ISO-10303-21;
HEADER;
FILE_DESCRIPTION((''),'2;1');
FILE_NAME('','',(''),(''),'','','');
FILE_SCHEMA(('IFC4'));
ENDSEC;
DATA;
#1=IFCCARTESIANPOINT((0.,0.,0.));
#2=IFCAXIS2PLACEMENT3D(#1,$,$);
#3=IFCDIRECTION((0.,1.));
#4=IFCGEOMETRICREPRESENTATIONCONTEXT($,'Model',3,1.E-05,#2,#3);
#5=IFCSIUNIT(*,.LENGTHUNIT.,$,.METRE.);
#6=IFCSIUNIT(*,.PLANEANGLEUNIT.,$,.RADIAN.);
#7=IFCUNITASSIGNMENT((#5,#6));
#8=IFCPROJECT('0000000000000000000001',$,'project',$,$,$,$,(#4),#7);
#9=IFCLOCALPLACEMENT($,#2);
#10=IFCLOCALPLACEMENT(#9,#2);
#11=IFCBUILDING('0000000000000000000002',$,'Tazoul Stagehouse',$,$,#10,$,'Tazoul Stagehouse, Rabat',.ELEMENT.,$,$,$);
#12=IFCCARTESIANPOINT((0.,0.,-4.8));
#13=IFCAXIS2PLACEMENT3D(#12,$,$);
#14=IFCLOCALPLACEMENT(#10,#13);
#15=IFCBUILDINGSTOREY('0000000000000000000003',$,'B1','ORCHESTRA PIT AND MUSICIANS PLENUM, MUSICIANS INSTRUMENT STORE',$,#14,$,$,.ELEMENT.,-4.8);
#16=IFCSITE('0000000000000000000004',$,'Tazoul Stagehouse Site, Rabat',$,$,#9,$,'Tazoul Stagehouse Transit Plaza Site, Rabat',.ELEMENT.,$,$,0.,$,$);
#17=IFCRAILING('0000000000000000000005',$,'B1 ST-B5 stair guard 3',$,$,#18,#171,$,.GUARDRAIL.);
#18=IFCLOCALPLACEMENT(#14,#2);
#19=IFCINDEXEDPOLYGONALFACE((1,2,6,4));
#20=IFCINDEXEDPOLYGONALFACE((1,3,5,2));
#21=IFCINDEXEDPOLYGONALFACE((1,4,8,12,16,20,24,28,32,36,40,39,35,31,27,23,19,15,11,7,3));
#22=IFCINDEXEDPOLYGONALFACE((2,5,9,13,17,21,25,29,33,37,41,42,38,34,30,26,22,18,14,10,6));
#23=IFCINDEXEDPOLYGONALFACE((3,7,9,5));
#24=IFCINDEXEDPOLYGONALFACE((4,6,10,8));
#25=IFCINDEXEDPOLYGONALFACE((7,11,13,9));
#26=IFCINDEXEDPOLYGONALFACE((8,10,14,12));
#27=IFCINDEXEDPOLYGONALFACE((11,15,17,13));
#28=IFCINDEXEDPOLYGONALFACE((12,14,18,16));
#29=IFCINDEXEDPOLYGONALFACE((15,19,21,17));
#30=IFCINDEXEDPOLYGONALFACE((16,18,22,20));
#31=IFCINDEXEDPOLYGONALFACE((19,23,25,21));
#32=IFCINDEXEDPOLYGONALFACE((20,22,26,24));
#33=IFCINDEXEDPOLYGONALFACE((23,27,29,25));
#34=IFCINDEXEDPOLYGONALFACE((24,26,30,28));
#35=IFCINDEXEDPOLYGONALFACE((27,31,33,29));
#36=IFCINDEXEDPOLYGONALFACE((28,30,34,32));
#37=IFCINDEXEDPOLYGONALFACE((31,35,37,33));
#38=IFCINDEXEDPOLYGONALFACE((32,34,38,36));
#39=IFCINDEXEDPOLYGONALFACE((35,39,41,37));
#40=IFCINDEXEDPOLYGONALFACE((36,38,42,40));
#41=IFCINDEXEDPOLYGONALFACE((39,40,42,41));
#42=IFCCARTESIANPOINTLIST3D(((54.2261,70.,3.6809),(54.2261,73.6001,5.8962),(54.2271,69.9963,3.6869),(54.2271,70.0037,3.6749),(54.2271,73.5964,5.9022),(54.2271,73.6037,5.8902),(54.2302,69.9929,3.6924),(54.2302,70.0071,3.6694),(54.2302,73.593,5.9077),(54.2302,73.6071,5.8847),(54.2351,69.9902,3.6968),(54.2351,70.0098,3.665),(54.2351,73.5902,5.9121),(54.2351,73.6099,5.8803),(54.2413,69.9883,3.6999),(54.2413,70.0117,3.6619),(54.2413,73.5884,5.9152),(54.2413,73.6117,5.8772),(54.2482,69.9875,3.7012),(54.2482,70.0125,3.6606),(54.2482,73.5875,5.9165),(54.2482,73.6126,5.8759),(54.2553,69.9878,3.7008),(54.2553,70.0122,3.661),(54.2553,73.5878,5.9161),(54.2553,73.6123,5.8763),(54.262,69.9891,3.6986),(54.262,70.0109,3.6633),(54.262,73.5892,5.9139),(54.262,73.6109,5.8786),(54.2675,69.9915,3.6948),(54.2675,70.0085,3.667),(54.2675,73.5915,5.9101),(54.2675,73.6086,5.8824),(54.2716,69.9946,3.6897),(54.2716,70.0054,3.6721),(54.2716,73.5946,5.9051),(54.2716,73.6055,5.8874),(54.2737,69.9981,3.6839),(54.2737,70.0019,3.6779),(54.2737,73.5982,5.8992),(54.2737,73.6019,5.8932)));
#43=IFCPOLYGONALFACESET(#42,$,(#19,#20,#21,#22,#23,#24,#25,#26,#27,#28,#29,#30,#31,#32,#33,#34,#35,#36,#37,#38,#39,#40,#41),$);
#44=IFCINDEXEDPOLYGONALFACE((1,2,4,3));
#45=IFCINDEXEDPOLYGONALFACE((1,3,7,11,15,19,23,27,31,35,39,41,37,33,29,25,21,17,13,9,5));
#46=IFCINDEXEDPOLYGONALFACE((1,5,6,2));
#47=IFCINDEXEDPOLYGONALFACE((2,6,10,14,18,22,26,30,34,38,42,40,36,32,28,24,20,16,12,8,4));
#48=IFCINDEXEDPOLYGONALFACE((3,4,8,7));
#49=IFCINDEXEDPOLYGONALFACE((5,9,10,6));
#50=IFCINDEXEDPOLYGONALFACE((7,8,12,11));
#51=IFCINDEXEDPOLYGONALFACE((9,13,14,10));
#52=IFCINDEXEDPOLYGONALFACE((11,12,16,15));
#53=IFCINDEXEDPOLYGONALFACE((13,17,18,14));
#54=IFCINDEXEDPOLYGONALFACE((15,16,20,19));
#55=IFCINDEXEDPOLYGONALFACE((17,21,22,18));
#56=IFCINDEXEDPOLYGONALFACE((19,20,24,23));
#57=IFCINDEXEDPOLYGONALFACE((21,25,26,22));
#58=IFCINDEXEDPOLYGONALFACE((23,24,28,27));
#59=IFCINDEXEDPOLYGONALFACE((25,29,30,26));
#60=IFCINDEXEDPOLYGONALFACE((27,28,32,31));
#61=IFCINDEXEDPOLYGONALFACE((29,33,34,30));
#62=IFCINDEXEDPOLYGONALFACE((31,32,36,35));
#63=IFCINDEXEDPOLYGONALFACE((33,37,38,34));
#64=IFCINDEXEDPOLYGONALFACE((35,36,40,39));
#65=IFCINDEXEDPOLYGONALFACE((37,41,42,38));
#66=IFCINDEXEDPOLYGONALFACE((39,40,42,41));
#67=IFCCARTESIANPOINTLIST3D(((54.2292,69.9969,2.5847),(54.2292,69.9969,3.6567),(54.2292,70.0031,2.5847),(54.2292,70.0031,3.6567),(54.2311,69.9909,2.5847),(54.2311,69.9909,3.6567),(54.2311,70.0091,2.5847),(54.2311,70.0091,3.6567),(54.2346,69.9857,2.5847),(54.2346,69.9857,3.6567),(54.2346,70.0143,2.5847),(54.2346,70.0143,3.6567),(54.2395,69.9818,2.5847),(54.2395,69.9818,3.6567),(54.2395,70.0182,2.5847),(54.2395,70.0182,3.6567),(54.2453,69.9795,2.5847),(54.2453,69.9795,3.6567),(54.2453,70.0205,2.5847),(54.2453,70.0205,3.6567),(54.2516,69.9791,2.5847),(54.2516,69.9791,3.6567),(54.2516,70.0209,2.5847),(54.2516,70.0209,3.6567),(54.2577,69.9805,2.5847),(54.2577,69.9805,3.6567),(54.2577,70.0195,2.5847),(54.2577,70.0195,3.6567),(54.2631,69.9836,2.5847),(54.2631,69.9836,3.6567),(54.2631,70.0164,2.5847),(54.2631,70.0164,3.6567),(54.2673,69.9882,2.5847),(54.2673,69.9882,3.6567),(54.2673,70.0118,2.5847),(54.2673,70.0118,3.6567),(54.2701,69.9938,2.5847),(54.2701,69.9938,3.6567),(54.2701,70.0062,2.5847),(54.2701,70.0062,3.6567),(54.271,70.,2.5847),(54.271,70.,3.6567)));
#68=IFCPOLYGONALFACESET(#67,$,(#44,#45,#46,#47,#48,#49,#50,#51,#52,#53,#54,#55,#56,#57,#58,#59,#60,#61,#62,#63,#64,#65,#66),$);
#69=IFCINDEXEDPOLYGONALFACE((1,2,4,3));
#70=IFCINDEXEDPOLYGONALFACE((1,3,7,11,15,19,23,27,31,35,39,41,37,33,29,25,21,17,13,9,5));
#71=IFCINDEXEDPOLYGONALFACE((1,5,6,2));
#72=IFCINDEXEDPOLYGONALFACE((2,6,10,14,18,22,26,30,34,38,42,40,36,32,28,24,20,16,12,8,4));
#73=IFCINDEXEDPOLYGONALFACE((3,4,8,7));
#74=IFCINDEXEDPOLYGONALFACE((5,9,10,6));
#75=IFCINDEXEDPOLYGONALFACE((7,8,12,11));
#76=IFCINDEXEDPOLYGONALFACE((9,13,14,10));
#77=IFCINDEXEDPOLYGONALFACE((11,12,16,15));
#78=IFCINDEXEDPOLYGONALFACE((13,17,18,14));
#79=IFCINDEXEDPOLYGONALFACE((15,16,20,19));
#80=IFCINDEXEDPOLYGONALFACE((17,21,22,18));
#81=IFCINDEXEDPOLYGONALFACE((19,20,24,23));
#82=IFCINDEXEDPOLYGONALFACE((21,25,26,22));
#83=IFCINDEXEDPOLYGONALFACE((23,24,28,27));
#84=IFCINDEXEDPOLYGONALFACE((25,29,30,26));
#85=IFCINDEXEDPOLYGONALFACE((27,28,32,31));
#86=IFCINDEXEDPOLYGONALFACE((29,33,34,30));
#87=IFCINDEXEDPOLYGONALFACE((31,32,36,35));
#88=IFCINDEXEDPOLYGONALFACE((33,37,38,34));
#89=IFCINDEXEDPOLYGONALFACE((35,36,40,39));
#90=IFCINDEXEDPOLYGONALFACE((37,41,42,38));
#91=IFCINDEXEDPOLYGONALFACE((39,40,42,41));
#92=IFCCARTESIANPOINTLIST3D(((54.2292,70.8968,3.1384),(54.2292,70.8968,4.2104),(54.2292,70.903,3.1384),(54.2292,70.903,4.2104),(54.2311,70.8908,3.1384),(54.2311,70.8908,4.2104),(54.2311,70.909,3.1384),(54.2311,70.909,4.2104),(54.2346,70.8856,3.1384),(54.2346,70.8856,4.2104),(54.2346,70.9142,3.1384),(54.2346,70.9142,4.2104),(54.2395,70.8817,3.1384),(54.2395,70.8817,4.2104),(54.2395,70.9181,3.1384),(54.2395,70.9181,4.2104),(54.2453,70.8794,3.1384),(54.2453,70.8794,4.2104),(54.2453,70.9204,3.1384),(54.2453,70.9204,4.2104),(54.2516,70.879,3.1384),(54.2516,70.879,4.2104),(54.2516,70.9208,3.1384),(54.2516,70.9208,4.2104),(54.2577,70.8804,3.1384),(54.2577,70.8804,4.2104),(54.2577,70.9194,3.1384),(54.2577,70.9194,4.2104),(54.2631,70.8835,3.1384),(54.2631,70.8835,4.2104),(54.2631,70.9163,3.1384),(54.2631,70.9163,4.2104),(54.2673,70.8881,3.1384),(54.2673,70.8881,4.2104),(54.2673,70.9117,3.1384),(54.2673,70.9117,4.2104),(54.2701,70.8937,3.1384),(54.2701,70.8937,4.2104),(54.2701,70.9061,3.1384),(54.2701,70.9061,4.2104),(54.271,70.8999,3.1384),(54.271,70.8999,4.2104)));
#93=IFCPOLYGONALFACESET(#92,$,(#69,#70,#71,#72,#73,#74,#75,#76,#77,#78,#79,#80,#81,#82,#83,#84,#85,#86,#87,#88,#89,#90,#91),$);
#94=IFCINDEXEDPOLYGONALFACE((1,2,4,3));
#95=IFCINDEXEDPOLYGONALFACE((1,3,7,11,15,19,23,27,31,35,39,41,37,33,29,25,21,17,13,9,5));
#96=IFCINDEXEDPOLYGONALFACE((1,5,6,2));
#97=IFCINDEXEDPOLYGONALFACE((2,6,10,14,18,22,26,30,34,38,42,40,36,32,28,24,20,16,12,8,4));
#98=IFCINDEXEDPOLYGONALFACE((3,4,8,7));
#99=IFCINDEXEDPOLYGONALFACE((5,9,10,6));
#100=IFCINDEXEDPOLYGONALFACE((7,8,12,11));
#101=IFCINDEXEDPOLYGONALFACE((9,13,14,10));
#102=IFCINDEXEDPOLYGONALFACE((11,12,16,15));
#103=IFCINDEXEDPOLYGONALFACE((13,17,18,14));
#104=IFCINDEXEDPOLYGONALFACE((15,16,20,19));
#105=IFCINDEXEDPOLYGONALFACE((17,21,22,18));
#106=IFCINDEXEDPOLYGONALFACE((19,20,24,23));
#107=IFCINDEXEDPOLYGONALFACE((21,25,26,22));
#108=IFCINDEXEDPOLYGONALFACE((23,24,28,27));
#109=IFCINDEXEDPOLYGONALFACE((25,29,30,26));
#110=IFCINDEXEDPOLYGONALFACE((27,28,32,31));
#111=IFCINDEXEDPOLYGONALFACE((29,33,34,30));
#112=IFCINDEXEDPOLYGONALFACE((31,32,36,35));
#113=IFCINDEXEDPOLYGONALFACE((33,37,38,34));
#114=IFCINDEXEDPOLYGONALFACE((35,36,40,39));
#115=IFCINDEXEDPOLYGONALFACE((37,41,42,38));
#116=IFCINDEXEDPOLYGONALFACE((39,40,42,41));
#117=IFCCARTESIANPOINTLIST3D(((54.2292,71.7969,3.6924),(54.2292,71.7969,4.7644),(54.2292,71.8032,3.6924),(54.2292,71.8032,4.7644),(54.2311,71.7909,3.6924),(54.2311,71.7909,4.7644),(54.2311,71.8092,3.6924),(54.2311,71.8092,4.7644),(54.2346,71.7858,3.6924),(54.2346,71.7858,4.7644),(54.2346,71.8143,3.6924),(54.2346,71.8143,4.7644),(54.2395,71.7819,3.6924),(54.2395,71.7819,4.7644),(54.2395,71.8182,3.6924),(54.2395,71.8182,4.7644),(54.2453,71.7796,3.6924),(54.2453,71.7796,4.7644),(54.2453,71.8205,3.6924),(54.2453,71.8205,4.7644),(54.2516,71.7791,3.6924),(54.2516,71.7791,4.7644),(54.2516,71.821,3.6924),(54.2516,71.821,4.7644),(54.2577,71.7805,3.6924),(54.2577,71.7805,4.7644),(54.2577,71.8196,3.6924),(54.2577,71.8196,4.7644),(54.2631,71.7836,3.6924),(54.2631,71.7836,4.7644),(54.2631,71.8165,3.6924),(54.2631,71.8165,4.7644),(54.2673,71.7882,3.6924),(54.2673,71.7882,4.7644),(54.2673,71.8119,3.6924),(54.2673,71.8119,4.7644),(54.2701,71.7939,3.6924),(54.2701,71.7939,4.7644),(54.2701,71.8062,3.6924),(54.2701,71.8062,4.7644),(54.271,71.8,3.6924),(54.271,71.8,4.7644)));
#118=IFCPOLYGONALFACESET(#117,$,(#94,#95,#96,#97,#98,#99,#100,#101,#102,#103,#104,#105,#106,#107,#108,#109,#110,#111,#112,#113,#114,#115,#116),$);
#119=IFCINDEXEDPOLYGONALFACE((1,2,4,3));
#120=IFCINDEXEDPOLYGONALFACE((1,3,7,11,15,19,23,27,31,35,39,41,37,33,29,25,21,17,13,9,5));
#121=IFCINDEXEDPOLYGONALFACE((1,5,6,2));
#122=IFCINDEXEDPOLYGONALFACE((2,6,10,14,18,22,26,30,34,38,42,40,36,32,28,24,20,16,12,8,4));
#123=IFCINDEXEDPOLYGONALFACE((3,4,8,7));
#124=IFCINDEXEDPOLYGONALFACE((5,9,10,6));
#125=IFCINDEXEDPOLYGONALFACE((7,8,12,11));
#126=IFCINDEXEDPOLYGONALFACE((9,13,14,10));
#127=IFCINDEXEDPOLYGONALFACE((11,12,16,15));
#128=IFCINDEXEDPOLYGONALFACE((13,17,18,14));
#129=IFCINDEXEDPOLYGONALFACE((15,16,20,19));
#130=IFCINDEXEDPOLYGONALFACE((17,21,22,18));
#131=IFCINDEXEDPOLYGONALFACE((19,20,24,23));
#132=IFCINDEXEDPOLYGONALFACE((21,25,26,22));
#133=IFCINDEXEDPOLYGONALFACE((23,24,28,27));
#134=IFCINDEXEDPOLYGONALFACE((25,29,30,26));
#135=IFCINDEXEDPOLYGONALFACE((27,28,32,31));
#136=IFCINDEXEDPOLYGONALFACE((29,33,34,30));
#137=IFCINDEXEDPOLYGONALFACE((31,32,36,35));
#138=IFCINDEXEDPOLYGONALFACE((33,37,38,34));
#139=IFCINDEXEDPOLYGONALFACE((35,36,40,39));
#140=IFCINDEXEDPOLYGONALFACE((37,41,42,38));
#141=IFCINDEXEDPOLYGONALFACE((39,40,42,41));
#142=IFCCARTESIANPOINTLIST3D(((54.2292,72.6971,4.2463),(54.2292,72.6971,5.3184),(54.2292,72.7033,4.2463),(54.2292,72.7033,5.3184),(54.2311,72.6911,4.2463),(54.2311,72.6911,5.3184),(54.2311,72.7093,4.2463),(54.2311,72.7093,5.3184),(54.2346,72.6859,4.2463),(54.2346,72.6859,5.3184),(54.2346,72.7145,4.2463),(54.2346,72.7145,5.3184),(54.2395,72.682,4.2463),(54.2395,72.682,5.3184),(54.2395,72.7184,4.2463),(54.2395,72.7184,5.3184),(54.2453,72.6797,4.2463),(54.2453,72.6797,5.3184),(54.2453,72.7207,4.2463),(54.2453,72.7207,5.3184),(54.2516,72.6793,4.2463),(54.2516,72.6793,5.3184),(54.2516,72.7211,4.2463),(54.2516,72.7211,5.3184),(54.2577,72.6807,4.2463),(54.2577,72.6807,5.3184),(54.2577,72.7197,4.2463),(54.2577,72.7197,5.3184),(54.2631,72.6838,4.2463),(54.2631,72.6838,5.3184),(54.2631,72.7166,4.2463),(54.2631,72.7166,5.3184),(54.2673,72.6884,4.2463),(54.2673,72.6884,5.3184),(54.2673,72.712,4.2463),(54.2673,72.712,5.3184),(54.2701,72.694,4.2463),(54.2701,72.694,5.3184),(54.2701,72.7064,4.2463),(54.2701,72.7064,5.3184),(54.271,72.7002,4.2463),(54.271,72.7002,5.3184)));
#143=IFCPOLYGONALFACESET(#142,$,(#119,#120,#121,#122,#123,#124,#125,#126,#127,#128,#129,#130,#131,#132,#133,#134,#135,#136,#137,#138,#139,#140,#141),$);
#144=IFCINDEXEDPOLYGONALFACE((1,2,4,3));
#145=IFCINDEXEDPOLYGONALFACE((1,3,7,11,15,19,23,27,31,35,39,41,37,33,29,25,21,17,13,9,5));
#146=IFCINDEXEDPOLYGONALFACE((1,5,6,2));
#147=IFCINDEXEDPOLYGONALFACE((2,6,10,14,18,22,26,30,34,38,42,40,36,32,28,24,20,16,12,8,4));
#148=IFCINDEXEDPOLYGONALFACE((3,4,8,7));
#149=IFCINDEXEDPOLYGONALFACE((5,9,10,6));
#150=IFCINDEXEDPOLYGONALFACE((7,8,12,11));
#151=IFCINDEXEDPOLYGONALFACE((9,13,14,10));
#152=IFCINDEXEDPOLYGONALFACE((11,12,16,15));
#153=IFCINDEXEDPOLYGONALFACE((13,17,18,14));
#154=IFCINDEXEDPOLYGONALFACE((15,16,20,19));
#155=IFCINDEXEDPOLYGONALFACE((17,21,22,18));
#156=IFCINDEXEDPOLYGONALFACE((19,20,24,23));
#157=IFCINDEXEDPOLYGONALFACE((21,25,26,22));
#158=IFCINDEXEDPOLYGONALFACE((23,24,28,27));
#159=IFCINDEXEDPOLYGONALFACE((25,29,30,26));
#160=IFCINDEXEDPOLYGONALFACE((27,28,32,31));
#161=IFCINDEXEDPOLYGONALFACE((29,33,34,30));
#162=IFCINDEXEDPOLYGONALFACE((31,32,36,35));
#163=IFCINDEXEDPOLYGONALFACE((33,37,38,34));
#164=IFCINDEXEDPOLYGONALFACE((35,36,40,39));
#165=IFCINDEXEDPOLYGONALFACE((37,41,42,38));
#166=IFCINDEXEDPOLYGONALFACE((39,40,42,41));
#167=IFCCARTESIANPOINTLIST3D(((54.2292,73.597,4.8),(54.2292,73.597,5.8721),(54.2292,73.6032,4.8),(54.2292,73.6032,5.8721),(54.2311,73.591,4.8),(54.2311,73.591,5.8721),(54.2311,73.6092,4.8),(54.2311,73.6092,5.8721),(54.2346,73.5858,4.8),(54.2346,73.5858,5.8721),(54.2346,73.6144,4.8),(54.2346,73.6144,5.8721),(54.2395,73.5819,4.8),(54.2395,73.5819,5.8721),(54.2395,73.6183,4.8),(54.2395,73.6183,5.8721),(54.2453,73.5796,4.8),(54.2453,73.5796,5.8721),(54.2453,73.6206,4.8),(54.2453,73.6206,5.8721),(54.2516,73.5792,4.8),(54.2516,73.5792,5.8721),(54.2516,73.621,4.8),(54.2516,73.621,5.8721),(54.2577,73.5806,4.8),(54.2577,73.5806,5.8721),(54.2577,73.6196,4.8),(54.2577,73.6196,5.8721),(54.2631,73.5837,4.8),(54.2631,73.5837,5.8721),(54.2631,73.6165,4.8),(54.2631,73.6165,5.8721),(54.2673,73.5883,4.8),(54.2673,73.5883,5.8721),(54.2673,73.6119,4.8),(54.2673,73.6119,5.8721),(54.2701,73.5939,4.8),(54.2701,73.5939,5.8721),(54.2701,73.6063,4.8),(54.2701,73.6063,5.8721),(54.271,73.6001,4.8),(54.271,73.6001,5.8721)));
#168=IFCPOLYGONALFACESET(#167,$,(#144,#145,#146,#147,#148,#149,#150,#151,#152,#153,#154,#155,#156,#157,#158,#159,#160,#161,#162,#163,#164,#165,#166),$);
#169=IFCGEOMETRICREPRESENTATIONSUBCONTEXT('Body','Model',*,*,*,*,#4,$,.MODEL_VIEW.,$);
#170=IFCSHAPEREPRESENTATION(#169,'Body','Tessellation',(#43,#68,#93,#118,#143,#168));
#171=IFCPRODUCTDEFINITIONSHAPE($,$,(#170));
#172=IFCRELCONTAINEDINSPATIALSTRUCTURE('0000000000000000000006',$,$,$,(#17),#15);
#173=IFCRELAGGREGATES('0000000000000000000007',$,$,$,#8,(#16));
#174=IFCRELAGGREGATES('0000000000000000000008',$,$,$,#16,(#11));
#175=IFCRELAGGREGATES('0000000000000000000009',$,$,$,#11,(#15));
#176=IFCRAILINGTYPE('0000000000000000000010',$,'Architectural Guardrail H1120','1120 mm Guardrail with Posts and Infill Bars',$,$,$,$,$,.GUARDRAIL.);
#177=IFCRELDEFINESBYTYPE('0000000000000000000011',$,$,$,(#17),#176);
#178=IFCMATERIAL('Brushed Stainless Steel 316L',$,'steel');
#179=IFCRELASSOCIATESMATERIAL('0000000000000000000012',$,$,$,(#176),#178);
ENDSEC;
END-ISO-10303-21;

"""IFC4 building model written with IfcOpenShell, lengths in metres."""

from ifc_helpers import new_model, si_unit, direction, frame, origin, origin_2d, place, context, subcontext, project, spatial, circle, extrude, material, material_profile, profile_set, type_object, element, save


model = new_model("IFC4")

# Units and contexts
model_context = context("Model", 3, precision=1e-05, world=origin(), true_north=direction((0.0, 1.0)))
body_context = subcontext(model_context, "Body", "Model", "MODEL_VIEW")
ifc_project = project(units=[si_unit("LENGTHUNIT", "METRE"), si_unit("PLANEANGLEUNIT", "RADIAN")], contexts=[model_context])

# Site, building, storey
site_placement = place(None, origin())
site = spatial("IfcSite", under=ifc_project, at=site_placement, Name="Tazoul Stagehouse Site, Rabat", LongName="Tazoul Stagehouse Transit Plaza Site, Rabat", CompositionType="ELEMENT", RefElevation=0.0)
building_placement = place(site_placement, origin())
building = spatial("IfcBuilding", under=site, at=building_placement, Name="Tazoul Stagehouse", LongName="Tazoul Stagehouse, Rabat", CompositionType="ELEMENT")
storey_placement = place(building_placement, frame((0.0, 0.0, -4.8)))
storey = spatial("IfcBuildingStorey", under=building, at=storey_placement, Name="B1", Description="ORCHESTRA PIT AND MUSICIANS PLENUM, MUSICIANS INSTRUMENT STORE", CompositionType="ELEMENT", Elevation=-4.8)

# Railing
ifc_material_1 = material(Name="Brushed Stainless Steel 316L", Category="steel")
ifc_material_profile_1 = material_profile(ifc_material_1, circle(Radius=0.0239, at=origin_2d()), Name="SS RAIL D48")
ifc_profile_set_1 = profile_set([ifc_material_profile_1], Name="Brushed Stainless Steel 316L")
railing_type = type_object("IfcRailingType", Name="Architectural Guardrail H1120", Description="1120 mm Guardrail with Posts and Infill Bars", PredefinedType="GUARDRAIL", material=ifc_profile_set_1)
railing_1_placement = place(storey_placement, frame((54.25, 70.0, 2.5847)))
element("IfcRailing", 1, at=railing_1_placement, inside=storey, type_object=railing_type, Name="B1 ST-B5 stair guard 3", PredefinedType="GUARDRAIL", context=body_context, shape_type="SweptSolid", body=[
    extrude(circle(Radius=0.0239, at=origin_2d()), frame((0.0, 0.0, 1.0962), z_axis=(0.0, 0.85167, 0.524078), x_axis=(-1.0, 0.0, 0.0)), (0.0, 0.0, 1.0), 4.2271),
    extrude(circle(Radius=0.021, at=origin_2d()), origin(), (0.0, 0.0, 1.0), 1.072),
    extrude(circle(Radius=0.021, at=origin_2d()), frame((0.0, 0.8999, 0.5537)), (0.0, 0.0, 1.0), 1.072),
    extrude(circle(Radius=0.021, at=origin_2d()), frame((0.0, 1.8, 1.1077)), (0.0, 0.0, 1.0), 1.072),
    extrude(circle(Radius=0.021, at=origin_2d()), frame((0.0, 2.7002, 1.6616)), (0.0, 0.0, 1.0), 1.072),
    extrude(circle(Radius=0.021, at=origin_2d()), frame((0.0, 3.6001, 2.2153)), (0.0, 0.0, 1.0), 1.072),
])

save(model, "model.ifc")
